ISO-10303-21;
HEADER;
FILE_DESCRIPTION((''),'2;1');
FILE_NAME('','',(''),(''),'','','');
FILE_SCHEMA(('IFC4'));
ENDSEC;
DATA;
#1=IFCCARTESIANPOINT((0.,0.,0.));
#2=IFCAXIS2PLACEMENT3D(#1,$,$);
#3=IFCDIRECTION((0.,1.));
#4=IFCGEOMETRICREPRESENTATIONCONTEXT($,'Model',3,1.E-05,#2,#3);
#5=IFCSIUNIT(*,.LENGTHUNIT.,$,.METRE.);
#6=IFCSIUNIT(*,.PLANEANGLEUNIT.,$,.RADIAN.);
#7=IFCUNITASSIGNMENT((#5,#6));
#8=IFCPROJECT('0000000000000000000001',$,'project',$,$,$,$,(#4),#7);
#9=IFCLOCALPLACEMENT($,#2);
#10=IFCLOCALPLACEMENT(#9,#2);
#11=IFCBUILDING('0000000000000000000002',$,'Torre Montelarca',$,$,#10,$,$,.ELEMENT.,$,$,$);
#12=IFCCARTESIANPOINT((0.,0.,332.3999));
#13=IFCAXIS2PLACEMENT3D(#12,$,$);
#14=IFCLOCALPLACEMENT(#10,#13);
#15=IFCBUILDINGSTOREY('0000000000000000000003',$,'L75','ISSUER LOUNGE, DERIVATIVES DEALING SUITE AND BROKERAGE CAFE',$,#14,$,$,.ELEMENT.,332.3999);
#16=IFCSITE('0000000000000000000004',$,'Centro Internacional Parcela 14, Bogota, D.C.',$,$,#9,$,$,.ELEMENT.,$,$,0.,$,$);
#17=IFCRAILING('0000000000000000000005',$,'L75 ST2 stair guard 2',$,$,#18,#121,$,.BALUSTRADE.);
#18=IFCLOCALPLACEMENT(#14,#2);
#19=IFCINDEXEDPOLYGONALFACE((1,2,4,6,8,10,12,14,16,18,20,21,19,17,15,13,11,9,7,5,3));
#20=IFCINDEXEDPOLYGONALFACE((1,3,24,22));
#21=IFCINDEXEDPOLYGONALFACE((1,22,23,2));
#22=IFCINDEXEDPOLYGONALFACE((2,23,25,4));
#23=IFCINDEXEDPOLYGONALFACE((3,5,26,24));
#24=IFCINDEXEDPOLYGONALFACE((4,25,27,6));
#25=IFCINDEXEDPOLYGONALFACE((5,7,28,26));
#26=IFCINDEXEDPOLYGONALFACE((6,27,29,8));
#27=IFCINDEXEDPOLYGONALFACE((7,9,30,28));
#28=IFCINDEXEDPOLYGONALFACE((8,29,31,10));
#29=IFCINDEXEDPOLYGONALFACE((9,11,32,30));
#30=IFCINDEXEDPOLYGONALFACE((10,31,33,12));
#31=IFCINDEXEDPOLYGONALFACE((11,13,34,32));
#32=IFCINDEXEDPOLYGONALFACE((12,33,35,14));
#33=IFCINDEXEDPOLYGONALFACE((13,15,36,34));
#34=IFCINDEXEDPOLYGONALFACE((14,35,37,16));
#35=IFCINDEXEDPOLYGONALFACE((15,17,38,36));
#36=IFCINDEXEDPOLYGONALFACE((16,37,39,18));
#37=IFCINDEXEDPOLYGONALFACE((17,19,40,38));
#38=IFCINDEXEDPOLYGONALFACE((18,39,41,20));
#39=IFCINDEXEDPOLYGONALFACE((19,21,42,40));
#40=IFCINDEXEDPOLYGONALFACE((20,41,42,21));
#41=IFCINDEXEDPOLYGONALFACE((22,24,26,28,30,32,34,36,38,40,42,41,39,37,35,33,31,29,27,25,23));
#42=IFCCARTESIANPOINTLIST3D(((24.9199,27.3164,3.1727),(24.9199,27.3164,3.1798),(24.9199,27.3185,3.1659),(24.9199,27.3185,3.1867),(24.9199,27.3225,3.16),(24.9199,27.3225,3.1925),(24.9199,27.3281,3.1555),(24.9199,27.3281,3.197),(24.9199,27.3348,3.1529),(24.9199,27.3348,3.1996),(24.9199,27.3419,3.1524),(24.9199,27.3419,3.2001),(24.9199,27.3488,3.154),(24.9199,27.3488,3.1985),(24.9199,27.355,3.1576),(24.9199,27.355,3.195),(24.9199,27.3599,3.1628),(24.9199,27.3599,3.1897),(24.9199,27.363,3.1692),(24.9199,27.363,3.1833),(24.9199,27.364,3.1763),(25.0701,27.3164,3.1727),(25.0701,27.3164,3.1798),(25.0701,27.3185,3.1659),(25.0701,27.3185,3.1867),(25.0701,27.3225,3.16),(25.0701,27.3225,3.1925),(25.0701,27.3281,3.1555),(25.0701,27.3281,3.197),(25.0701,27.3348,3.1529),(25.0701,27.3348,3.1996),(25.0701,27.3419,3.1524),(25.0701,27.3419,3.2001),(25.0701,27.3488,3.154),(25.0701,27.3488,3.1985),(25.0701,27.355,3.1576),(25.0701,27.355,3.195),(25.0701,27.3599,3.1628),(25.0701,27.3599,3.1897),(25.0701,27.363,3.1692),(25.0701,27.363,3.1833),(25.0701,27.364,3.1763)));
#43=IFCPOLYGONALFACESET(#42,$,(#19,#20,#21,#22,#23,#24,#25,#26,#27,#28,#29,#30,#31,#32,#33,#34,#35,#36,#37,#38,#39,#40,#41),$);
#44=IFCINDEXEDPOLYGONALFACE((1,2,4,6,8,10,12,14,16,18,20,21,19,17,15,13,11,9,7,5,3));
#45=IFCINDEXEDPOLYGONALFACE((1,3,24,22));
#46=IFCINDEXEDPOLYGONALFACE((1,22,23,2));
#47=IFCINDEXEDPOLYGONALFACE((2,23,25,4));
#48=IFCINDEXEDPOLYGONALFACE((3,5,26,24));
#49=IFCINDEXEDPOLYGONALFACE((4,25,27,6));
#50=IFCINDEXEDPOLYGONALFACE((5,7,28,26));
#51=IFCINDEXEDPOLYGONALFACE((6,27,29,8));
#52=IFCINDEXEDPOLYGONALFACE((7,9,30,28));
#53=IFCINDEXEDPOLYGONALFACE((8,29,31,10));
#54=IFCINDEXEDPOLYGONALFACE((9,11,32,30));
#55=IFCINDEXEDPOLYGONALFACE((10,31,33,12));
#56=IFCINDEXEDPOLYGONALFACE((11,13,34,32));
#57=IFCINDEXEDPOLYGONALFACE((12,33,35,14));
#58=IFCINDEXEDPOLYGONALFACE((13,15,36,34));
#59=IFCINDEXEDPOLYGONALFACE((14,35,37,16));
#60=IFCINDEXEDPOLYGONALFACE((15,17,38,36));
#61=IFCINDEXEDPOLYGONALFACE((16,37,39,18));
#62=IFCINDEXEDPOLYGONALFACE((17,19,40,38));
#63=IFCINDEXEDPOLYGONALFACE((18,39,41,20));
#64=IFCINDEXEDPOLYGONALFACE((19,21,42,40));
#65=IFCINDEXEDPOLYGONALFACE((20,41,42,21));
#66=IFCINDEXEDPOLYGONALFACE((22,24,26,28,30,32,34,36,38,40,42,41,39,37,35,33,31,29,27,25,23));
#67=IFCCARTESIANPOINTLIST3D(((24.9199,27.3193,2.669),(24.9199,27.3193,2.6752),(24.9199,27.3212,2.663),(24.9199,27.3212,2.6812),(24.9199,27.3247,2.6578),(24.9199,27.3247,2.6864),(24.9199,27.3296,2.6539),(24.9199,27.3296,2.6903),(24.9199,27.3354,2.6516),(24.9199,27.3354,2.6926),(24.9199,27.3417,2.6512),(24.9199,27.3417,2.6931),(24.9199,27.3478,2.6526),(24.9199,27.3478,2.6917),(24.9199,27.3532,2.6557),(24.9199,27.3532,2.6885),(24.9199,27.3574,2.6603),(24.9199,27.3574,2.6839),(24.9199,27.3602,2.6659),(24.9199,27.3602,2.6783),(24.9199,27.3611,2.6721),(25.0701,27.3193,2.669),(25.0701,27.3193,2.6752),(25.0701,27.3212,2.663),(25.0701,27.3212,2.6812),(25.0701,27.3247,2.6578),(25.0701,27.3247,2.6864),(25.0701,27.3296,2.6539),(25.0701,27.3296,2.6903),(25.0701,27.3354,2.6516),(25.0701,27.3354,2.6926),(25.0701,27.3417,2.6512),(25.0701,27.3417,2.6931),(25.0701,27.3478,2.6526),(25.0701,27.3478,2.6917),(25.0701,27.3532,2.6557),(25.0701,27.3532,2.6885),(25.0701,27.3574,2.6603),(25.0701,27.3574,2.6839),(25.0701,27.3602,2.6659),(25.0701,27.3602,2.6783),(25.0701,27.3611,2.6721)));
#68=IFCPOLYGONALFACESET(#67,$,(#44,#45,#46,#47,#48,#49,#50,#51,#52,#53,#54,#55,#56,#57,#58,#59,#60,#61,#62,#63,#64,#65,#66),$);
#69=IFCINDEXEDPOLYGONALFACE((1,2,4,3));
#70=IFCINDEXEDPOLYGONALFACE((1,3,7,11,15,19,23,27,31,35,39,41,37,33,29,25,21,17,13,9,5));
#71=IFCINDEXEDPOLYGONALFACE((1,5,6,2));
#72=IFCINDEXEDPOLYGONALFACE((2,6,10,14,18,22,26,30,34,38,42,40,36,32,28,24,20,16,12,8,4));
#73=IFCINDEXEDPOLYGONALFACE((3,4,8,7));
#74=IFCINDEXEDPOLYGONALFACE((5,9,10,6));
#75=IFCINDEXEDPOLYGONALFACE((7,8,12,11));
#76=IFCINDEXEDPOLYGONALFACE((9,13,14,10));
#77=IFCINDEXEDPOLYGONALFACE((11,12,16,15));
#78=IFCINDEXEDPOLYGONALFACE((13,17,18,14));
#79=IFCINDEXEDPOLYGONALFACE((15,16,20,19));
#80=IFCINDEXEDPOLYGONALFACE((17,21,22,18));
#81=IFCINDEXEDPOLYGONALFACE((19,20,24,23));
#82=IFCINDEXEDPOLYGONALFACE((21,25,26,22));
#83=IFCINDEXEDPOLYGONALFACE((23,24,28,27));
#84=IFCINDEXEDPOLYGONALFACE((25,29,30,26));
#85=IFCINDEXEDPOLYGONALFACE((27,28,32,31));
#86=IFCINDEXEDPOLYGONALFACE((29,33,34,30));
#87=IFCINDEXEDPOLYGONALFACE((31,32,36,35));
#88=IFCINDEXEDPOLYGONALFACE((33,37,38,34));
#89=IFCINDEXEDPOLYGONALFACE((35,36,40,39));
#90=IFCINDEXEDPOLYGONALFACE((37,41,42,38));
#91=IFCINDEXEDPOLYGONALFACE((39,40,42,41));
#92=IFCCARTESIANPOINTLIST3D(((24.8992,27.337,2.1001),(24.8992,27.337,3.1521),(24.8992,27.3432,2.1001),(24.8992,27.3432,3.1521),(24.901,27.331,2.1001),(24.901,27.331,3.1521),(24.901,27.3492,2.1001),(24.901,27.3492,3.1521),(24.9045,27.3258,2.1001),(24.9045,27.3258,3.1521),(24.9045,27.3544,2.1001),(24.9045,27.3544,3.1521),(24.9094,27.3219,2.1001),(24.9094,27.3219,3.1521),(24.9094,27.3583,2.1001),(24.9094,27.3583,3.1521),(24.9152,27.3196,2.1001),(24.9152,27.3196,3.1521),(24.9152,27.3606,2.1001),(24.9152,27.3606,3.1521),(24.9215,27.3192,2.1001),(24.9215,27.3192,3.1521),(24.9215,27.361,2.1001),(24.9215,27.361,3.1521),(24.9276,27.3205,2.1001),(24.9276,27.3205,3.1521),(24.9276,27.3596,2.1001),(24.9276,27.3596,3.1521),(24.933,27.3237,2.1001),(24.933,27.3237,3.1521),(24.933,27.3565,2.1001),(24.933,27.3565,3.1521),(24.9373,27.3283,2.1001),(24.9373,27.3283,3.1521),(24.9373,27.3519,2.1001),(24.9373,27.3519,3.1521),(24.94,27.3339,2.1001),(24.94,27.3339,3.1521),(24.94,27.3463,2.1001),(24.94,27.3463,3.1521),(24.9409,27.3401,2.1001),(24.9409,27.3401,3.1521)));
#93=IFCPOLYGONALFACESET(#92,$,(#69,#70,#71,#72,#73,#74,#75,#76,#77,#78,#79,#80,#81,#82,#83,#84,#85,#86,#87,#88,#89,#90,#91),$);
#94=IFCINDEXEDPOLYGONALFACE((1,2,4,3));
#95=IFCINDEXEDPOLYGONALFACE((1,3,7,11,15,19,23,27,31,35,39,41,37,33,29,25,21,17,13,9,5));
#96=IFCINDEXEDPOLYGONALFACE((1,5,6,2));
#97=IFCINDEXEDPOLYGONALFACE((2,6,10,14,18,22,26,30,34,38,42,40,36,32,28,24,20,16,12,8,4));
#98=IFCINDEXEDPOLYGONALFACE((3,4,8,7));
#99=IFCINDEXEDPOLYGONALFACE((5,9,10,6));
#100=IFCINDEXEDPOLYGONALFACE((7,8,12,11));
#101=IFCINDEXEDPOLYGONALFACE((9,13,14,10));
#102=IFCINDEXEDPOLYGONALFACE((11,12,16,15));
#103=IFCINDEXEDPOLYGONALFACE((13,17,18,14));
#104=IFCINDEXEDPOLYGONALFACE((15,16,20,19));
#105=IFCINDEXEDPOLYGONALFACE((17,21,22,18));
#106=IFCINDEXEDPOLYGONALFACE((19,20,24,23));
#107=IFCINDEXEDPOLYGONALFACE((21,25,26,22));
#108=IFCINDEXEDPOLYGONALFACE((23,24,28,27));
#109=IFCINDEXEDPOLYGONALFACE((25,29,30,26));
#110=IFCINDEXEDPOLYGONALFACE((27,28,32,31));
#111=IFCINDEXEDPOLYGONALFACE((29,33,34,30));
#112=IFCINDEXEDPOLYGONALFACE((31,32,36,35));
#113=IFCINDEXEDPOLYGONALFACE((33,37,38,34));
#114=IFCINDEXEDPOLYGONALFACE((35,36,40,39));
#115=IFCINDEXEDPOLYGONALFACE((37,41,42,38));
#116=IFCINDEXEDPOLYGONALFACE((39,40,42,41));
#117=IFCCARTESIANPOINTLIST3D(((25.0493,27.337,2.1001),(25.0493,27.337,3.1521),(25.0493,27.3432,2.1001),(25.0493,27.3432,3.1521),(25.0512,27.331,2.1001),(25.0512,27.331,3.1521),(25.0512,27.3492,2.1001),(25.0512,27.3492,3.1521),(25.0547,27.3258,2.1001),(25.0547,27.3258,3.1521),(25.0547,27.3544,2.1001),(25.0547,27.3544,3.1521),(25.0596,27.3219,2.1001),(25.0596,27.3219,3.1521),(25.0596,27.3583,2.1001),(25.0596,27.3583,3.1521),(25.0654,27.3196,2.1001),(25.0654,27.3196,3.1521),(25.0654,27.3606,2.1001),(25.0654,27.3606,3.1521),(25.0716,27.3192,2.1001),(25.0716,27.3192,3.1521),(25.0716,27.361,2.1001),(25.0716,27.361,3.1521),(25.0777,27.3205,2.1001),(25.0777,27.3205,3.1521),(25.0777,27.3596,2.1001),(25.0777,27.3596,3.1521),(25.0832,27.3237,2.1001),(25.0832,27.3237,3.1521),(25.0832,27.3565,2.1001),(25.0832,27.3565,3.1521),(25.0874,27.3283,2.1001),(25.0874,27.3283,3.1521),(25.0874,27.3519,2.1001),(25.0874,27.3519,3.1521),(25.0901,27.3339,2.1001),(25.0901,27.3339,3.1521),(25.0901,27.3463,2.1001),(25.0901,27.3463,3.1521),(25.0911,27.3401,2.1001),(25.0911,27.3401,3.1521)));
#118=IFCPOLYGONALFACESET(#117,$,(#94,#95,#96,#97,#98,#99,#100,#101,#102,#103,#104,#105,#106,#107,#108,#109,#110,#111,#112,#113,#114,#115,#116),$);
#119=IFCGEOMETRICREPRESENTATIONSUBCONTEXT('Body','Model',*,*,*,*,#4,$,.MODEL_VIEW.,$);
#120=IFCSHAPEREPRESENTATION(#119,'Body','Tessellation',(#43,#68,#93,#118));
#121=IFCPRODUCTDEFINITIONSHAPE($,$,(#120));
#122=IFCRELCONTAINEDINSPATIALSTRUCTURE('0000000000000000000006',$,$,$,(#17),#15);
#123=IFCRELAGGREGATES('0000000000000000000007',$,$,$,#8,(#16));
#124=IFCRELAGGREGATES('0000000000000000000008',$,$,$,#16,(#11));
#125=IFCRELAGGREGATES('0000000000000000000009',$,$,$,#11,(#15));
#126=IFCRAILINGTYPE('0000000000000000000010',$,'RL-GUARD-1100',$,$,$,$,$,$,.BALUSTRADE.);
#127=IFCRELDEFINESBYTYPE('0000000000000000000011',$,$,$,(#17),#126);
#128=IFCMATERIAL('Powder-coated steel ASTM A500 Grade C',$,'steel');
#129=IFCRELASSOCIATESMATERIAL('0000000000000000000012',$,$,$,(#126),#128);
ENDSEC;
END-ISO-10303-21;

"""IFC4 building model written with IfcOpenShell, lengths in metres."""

from ifc_helpers import new_model, si_unit, direction, frame, origin, origin_2d, place, context, subcontext, project, spatial, circle, extrude, material, type_object, element, save


model = new_model("IFC4")

# Units and contexts
model_context = context("Model", 3, precision=1e-05, world=origin(), true_north=direction((0.0, 1.0)))
body_context = subcontext(model_context, "Body", "Model", "MODEL_VIEW")
ifc_project = project(units=[si_unit("LENGTHUNIT", "METRE"), si_unit("PLANEANGLEUNIT", "RADIAN")], contexts=[model_context])

# Site, building, storey
site_placement = place(None, origin())
site = spatial("IfcSite", under=ifc_project, at=site_placement, Name="Centro Internacional Parcela 14, Bogota, D.C.", CompositionType="ELEMENT", RefElevation=0.0)
building_placement = place(site_placement, origin())
building = spatial("IfcBuilding", under=site, at=building_placement, Name="Torre Montelarca", CompositionType="ELEMENT")
storey_placement = place(building_placement, frame((0.0, 0.0, 332.3999)))
storey = spatial("IfcBuildingStorey", under=building, at=storey_placement, Name="L75", Description="ISSUER LOUNGE, DERIVATIVES DEALING SUITE AND BROKERAGE CAFE", CompositionType="ELEMENT", Elevation=332.3999)

# Railing
ifc_material_1 = material(Name="Powder-coated steel ASTM A500 Grade C", Category="steel")
railing_type_1 = type_object("IfcRailingType", Name="RL-GUARD-1100", PredefinedType="BALUSTRADE", material=ifc_material_1)
railing_1_placement = place(storey_placement, frame((24.9199, 27.3401, 2.1001)))
element("IfcRailing", 1, at=railing_1_placement, inside=storey, type_object=railing_type_1, Name="L75 ST2 stair guard 2", PredefinedType="BALUSTRADE", context=body_context, shape_type="SweptSolid", body=[
    extrude(circle(Radius=0.0239, at=origin_2d()), frame((0.0, 0.0, 1.0762), z_axis=(1.0, 0.0, 0.0), x_axis=(0.0, 1.0, 0.0)), (0.0, 0.0, 1.0), 0.1501),
    extrude(circle(Radius=0.021, at=origin_2d()), frame((0.0, 0.0, 0.572), z_axis=(1.0, 0.0, 0.0), x_axis=(0.0, 1.0, 0.0)), (0.0, 0.0, 1.0), 0.1501),
    extrude(circle(Radius=0.021, at=origin_2d()), origin(), (0.0, 0.0, 1.0), 1.052),
    extrude(circle(Radius=0.021, at=origin_2d()), frame((0.1501, 0.0, 0.0)), (0.0, 0.0, 1.0), 1.052),
])

save(model, "model.ifc")
